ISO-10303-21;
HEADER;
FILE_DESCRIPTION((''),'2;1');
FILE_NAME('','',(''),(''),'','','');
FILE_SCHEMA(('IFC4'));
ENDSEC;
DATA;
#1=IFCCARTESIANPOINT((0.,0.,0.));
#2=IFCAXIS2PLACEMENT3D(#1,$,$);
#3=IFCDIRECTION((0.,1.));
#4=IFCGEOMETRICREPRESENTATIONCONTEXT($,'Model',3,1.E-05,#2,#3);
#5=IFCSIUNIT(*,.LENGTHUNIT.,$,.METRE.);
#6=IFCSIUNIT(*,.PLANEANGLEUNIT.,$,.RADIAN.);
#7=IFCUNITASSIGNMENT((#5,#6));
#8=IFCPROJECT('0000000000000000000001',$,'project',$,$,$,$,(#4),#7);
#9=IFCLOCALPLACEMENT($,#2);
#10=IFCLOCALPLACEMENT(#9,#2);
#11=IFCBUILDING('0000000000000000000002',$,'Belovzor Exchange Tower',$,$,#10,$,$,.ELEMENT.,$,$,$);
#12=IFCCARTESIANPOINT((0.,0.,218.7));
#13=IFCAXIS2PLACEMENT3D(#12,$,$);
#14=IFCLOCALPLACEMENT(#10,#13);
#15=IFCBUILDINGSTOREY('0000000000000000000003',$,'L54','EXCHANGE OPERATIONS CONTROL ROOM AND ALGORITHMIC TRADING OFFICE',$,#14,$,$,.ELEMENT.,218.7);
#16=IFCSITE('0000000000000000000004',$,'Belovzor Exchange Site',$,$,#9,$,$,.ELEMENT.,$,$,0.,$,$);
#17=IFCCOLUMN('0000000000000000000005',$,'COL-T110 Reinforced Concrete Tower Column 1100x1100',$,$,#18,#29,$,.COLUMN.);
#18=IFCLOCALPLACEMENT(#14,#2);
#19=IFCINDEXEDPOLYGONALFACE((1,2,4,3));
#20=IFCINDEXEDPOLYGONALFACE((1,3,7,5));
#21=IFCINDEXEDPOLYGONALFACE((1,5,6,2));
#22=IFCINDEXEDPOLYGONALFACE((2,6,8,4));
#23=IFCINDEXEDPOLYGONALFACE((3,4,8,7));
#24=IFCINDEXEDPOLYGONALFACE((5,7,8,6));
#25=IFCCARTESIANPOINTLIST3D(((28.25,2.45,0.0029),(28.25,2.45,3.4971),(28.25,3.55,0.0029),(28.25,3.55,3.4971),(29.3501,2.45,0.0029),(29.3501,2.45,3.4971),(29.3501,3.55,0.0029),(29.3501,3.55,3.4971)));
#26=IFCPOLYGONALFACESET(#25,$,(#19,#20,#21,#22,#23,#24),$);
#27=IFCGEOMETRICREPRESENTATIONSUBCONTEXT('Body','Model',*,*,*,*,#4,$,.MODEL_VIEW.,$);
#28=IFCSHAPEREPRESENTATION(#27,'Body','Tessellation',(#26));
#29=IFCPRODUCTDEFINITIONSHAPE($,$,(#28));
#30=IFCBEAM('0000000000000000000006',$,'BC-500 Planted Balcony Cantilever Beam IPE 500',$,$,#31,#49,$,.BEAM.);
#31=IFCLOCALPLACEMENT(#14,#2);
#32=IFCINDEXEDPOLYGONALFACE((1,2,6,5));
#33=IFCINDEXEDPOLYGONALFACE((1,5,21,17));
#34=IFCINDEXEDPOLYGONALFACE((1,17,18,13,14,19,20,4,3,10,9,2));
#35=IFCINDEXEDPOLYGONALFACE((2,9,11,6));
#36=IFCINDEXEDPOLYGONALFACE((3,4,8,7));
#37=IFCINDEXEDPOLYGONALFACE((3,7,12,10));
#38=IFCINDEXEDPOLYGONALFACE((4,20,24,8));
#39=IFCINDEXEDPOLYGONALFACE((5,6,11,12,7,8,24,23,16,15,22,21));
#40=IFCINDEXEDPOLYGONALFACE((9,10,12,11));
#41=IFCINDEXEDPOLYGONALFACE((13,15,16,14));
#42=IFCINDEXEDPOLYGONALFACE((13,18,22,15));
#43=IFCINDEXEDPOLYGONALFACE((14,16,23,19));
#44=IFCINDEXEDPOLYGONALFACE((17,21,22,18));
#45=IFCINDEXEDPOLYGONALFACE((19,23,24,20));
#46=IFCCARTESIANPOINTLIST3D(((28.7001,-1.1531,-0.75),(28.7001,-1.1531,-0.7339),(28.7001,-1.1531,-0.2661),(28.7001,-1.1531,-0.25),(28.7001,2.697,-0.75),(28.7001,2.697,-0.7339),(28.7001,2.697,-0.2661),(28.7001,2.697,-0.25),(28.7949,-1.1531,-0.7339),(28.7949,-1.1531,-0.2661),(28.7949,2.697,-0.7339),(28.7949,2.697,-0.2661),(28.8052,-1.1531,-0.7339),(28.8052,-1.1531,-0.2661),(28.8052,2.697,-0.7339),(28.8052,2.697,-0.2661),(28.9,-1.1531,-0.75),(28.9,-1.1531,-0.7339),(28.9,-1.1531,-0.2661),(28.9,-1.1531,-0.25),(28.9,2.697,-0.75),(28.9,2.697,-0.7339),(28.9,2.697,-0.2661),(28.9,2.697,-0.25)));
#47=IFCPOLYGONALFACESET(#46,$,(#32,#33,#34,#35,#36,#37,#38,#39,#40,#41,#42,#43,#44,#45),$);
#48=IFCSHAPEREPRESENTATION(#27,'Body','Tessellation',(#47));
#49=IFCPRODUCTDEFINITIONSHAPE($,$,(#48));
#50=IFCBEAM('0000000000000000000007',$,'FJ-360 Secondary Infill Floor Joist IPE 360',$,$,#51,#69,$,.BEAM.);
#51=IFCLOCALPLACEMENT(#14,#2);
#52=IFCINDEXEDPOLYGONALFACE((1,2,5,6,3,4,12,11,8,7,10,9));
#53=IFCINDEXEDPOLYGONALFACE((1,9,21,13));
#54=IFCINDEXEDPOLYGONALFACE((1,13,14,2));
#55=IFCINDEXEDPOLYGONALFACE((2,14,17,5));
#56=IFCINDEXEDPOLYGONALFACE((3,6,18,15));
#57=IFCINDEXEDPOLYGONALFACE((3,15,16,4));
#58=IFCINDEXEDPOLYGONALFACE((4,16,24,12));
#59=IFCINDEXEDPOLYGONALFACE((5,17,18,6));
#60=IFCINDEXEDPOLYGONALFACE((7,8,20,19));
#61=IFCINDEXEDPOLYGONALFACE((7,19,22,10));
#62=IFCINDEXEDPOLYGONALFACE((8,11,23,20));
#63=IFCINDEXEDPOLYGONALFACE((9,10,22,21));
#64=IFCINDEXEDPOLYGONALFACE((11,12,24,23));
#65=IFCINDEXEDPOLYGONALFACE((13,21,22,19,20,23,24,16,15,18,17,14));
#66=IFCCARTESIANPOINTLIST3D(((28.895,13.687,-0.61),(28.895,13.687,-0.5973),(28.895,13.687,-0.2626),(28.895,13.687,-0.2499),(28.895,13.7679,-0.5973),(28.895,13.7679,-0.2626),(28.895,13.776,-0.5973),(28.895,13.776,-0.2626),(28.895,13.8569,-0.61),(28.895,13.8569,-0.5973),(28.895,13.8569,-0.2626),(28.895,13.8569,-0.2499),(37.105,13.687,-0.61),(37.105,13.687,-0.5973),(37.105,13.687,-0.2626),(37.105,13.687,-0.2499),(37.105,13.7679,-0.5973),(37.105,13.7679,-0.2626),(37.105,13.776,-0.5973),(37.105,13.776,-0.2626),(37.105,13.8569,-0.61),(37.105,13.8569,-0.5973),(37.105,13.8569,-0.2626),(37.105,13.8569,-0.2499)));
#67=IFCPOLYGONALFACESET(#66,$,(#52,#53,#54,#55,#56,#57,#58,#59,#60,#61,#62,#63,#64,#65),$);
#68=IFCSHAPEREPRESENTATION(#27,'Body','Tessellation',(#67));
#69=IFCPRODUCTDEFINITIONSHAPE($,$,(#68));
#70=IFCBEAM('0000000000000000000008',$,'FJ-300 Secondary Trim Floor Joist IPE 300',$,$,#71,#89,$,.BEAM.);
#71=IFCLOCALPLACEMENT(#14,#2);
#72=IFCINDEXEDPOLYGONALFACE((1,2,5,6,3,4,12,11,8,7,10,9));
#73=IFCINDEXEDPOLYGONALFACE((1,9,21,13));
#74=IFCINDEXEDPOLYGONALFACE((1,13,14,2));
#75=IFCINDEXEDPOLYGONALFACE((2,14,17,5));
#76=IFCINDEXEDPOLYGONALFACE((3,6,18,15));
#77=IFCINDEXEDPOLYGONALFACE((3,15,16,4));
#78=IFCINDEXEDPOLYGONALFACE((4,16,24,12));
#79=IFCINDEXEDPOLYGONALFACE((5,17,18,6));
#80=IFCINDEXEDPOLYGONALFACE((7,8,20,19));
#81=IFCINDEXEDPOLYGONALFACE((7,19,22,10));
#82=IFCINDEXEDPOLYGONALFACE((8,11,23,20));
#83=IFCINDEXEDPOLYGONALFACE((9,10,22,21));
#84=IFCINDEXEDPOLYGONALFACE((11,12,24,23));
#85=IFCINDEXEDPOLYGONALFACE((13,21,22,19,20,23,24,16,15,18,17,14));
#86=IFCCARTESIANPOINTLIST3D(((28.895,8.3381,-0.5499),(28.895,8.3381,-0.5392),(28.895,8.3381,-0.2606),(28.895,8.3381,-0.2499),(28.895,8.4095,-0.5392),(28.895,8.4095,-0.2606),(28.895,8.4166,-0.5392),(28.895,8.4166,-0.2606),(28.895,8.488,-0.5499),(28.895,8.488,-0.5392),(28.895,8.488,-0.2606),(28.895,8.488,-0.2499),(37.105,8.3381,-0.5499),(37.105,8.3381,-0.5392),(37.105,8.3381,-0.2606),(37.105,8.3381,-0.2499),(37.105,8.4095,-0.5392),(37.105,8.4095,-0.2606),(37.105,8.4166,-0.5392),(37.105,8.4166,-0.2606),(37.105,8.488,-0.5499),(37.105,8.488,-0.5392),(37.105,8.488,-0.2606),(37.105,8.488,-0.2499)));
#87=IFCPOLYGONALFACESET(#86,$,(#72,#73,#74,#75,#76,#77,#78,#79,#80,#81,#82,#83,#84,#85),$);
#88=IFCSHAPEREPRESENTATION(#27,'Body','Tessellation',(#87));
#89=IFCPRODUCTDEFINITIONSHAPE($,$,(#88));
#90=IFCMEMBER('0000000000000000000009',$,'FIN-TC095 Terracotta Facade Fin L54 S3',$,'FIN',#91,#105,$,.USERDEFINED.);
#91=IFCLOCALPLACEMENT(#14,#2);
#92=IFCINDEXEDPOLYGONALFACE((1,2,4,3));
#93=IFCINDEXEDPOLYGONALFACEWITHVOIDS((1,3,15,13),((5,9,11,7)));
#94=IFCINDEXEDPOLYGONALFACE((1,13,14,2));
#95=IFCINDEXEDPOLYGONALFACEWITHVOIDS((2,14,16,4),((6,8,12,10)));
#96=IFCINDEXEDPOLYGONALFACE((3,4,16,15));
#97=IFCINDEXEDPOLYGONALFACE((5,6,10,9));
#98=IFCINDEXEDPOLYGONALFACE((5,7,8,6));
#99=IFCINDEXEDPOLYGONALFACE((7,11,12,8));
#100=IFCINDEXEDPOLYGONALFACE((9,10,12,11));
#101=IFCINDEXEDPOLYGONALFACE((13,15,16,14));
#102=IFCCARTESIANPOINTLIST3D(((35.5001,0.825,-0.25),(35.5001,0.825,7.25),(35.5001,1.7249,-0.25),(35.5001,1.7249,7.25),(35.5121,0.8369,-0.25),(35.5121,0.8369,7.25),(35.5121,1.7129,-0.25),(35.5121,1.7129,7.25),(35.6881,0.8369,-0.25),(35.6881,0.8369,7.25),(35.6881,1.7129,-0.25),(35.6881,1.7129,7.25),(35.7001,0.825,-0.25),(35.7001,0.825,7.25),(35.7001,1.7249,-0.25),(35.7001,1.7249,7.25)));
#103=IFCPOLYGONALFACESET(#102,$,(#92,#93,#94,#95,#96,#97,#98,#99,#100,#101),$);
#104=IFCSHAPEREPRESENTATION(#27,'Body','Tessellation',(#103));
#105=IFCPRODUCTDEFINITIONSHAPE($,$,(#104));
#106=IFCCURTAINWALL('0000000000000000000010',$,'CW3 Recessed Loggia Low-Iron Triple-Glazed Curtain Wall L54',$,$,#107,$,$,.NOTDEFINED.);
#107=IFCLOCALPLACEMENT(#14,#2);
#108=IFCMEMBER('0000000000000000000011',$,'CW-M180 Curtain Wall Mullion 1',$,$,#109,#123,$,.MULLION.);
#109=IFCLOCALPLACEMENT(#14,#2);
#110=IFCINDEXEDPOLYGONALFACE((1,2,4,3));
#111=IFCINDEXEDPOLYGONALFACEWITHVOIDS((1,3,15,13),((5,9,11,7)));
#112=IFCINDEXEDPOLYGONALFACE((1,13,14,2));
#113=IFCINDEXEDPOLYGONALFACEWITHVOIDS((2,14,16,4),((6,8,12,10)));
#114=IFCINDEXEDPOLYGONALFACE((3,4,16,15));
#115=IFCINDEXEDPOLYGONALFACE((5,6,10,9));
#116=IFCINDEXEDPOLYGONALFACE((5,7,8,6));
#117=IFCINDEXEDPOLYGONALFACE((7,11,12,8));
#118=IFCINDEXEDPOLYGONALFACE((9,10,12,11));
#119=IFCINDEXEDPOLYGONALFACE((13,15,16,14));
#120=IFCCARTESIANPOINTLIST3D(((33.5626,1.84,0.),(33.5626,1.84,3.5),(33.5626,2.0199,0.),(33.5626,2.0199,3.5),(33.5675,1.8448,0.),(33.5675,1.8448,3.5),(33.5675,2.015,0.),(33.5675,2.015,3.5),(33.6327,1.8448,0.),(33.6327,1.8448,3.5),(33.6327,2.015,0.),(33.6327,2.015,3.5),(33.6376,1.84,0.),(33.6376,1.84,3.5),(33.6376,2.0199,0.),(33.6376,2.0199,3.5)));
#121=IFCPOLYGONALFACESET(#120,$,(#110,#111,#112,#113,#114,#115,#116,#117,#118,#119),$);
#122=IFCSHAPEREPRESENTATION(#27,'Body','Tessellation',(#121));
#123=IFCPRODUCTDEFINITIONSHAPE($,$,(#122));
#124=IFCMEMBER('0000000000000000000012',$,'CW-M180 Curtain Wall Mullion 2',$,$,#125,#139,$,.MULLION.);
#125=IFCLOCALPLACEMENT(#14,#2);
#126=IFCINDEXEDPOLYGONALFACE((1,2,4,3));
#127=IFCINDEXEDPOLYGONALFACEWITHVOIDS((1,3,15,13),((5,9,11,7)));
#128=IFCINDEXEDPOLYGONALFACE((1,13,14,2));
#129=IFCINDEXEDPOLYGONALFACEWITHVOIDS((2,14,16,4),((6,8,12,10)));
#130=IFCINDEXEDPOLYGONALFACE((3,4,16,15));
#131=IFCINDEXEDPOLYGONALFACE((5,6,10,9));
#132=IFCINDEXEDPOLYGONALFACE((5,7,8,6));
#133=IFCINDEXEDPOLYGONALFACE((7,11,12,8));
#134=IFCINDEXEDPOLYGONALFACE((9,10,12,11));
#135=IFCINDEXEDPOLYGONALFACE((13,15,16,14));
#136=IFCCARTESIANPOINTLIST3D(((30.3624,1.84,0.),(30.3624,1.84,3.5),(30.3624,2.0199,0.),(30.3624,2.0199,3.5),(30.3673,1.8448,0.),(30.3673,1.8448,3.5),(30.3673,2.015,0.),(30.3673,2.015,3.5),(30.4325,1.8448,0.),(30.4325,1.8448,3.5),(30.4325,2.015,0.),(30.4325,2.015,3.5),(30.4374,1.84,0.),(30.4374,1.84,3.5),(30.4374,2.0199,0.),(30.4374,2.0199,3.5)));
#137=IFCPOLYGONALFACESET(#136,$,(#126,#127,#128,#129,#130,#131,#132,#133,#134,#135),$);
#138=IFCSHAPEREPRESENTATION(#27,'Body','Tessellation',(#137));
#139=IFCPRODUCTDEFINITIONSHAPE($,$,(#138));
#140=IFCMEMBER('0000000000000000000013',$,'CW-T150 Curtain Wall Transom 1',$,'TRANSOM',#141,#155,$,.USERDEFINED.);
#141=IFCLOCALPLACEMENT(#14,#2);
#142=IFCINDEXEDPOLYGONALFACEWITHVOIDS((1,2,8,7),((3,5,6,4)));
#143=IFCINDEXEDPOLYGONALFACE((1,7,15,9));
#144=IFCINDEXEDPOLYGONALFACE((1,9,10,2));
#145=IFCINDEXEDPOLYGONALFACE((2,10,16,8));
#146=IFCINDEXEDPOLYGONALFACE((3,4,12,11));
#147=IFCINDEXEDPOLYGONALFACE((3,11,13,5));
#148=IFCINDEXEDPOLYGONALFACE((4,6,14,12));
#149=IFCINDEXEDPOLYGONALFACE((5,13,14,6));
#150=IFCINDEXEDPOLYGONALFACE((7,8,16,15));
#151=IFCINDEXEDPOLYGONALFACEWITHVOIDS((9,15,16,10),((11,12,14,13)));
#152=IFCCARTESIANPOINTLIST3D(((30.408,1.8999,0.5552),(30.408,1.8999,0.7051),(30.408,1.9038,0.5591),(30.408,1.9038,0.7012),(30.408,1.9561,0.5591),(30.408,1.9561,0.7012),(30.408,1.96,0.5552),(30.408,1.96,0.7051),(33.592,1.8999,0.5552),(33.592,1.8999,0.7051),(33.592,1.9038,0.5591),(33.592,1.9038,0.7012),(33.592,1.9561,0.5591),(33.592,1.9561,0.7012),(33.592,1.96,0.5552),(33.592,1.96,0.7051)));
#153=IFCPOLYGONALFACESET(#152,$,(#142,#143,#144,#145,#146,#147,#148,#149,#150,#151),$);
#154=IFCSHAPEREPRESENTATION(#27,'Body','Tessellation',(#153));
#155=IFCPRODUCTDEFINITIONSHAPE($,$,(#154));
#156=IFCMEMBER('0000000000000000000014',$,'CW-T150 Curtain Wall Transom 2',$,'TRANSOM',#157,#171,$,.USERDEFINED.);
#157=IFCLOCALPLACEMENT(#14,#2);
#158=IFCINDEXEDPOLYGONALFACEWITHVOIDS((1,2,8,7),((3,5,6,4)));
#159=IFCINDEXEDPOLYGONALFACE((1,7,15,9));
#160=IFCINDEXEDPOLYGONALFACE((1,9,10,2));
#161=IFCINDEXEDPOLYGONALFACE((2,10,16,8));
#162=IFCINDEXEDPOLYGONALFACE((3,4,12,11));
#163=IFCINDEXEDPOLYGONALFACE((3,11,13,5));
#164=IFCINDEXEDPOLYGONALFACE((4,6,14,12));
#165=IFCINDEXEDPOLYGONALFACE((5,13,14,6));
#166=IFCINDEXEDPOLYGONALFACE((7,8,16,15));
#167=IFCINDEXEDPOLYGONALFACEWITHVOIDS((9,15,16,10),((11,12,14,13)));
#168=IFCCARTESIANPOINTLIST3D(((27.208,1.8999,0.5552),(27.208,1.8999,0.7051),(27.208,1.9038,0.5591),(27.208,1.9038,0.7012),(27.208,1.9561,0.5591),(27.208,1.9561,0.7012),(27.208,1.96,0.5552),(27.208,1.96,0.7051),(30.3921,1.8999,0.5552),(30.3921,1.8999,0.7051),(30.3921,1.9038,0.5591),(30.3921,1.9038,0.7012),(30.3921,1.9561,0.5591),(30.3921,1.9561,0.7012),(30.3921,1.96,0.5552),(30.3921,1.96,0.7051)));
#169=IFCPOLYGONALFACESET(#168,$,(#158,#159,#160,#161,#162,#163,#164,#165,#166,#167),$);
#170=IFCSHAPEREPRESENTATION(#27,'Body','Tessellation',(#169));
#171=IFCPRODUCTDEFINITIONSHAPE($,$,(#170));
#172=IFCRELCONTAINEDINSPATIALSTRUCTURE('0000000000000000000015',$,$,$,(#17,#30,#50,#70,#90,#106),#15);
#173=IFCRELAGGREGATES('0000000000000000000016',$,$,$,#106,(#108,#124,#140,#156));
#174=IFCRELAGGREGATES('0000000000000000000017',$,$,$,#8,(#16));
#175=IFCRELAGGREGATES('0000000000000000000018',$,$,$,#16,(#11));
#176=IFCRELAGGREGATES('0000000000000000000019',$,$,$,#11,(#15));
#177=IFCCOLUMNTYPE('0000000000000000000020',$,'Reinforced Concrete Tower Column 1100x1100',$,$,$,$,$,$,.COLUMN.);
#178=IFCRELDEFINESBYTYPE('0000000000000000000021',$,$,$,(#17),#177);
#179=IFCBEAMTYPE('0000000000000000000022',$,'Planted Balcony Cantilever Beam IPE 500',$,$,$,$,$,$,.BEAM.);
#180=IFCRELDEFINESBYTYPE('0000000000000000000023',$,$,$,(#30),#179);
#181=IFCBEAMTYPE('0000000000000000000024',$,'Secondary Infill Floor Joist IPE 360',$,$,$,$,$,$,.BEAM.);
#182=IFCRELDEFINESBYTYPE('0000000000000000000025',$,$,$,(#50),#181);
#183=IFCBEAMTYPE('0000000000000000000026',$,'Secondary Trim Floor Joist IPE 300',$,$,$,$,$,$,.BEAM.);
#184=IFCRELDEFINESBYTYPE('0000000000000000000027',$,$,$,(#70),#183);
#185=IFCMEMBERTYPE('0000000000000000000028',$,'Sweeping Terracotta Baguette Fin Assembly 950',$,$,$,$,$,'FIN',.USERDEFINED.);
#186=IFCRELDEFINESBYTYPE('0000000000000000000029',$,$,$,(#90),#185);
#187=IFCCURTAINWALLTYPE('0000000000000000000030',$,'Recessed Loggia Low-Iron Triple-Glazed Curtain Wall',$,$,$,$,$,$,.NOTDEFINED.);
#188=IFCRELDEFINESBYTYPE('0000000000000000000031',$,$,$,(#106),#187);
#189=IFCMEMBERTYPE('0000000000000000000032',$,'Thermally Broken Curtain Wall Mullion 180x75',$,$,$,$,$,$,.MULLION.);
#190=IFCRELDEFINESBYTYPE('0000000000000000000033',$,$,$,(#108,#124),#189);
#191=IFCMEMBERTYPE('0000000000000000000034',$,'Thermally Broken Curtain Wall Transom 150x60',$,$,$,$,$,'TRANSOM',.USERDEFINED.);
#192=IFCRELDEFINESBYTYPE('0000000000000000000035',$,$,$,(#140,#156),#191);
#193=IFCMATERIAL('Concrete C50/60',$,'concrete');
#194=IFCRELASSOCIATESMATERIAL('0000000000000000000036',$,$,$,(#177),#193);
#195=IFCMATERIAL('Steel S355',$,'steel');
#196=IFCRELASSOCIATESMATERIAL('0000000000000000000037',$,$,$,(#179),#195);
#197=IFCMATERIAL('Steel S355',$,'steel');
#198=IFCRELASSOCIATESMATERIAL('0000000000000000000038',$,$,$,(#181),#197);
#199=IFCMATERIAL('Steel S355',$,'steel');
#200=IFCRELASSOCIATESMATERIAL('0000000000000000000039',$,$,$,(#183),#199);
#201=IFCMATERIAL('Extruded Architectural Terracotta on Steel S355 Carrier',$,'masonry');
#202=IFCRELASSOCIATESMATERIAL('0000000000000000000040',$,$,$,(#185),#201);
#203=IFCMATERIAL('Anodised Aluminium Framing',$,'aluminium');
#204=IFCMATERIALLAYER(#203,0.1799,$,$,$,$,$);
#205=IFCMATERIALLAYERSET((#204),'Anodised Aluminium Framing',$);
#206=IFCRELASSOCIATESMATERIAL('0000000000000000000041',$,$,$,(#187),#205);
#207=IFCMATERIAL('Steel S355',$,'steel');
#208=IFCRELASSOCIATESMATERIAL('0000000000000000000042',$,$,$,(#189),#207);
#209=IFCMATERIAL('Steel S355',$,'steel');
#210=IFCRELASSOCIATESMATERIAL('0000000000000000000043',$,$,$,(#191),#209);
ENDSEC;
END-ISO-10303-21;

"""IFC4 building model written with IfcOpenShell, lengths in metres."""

from ifc_helpers import new_model, si_unit, direction, frame, origin, origin_2d, place, context, subcontext, project, spatial, rectangle, hollow_rectangle, i_section, extrude, material, layer, layer_set, material_profile, profile_set, type_object, element, aggregate, save


model = new_model("IFC4")

# Units and contexts
model_context = context("Model", 3, precision=1e-05, world=origin(), true_north=direction((0.0, 1.0)))
body_context = subcontext(model_context, "Body", "Model", "MODEL_VIEW")
ifc_project = project(units=[si_unit("LENGTHUNIT", "METRE"), si_unit("PLANEANGLEUNIT", "RADIAN")], contexts=[model_context])

# Site, building, storey
site_placement = place(None, origin())
site = spatial("IfcSite", under=ifc_project, at=site_placement, Name="Belovzor Exchange Site", CompositionType="ELEMENT", RefElevation=0.0)
building_placement = place(site_placement, origin())
building = spatial("IfcBuilding", under=site, at=building_placement, Name="Belovzor Exchange Tower", CompositionType="ELEMENT")
storey_placement = place(building_placement, frame((0.0, 0.0, 218.7)))
storey = spatial("IfcBuildingStorey", under=building, at=storey_placement, Name="L54", Description="EXCHANGE OPERATIONS CONTROL ROOM AND ALGORITHMIC TRADING OFFICE", CompositionType="ELEMENT", Elevation=218.7)

# Column
ifc_material_1 = material(Name="Concrete C50/60", Category="concrete")
ifc_material_profile_1 = material_profile(ifc_material_1, rectangle(XDim=1.1001, YDim=1.1001, at=origin_2d()))
ifc_profile_set_1 = profile_set([ifc_material_profile_1], Name="Concrete C50/60")
column_type = type_object("IfcColumnType", Name="Reinforced Concrete Tower Column 1100x1100", PredefinedType="COLUMN", material=ifc_profile_set_1)
column_placement = place(storey_placement, frame((28.8, 3.0, 0.0029), z_axis=(0.0, 0.0, 1.0), x_axis=(1.0, 0.0, 0.0)))
element("IfcColumn", 1, at=column_placement, inside=storey, type_object=column_type, Name="COL-T110 Reinforced Concrete Tower Column 1100x1100", PredefinedType="COLUMN", context=body_context, shape_type="SweptSolid", body=[
    extrude(rectangle(XDim=1.1001, YDim=1.1001, at=origin_2d()), origin(), (0.0, 0.0, 1.0), 3.4941),
])

# Beams
ifc_material_2 = material(Name="Steel S355", Category="steel")
ifc_material_profile_2 = material_profile(ifc_material_2, i_section(OverallWidth=0.2, OverallDepth=0.5, WebThickness=0.0103, FlangeThickness=0.0161, at=origin_2d()))
ifc_profile_set_2 = profile_set([ifc_material_profile_2], Name="Steel S355")
beam_type_1 = type_object("IfcBeamType", Name="Planted Balcony Cantilever Beam IPE 500", PredefinedType="BEAM", material=ifc_profile_set_2)
beam_1_placement = place(storey_placement, frame((28.8, 2.697, -0.5), z_axis=(0.0, -1.0, 0.0), x_axis=(1.0, 0.0, 0.0)))
element("IfcBeam", 2, at=beam_1_placement, inside=storey, type_object=beam_type_1, Name="BC-500 Planted Balcony Cantilever Beam IPE 500", PredefinedType="BEAM", context=body_context, shape_type="SweptSolid", body=[
    extrude(i_section(OverallWidth=0.2, OverallDepth=0.5, WebThickness=0.0103, FlangeThickness=0.0161, at=origin_2d()), origin(), (0.0, 0.0, 1.0), 3.8501),
])
ifc_material_3 = material(Name="Steel S355", Category="steel")
ifc_material_profile_3 = material_profile(ifc_material_3, i_section(OverallWidth=0.1699, OverallDepth=0.3601, WebThickness=0.0081, FlangeThickness=0.0127, at=origin_2d()))
ifc_profile_set_3 = profile_set([ifc_material_profile_3], Name="Steel S355")
beam_type_2 = type_object("IfcBeamType", Name="Secondary Infill Floor Joist IPE 360", PredefinedType="BEAM", material=ifc_profile_set_3)
beam_2_placement = place(storey_placement, frame((28.895, 13.772, -0.4299), z_axis=(1.0, 0.0, 0.0), x_axis=(0.0, 1.0, 0.0)))
element("IfcBeam", 3, at=beam_2_placement, inside=storey, type_object=beam_type_2, Name="FJ-360 Secondary Infill Floor Joist IPE 360", PredefinedType="BEAM", context=body_context, shape_type="SweptSolid", body=[
    extrude(i_section(OverallWidth=0.1699, OverallDepth=0.3601, WebThickness=0.0081, FlangeThickness=0.0127, at=origin_2d()), origin(), (0.0, 0.0, 1.0), 8.21),
])
ifc_material_4 = material(Name="Steel S355", Category="steel")
ifc_material_profile_4 = material_profile(ifc_material_4, i_section(OverallWidth=0.1499, OverallDepth=0.3, WebThickness=0.0071, FlangeThickness=0.0107, at=origin_2d()))
ifc_profile_set_4 = profile_set([ifc_material_profile_4], Name="Steel S355")
beam_type_3 = type_object("IfcBeamType", Name="Secondary Trim Floor Joist IPE 300", PredefinedType="BEAM", material=ifc_profile_set_4)
beam_3_placement = place(storey_placement, frame((28.895, 8.4131, -0.3999), z_axis=(1.0, 0.0, 0.0), x_axis=(0.0, 1.0, 0.0)))
element("IfcBeam", 4, at=beam_3_placement, inside=storey, type_object=beam_type_3, Name="FJ-300 Secondary Trim Floor Joist IPE 300", PredefinedType="BEAM", context=body_context, shape_type="SweptSolid", body=[
    extrude(i_section(OverallWidth=0.1499, OverallDepth=0.3, WebThickness=0.0071, FlangeThickness=0.0107, at=origin_2d()), origin(), (0.0, 0.0, 1.0), 8.21),
])

# Member
ifc_material_5 = material(Name="Extruded Architectural Terracotta on Steel S355 Carrier", Category="masonry")
ifc_material_profile_5 = material_profile(ifc_material_5, hollow_rectangle(XDim=0.2, YDim=0.8999, WallThickness=0.012, at=origin_2d()))
ifc_profile_set_5 = profile_set([ifc_material_profile_5], Name="Extruded Architectural Terracotta on Steel S355 Carrier")
member_type_1 = type_object("IfcMemberType", Name="Sweeping Terracotta Baguette Fin Assembly 950", ElementType="FIN", PredefinedType="USERDEFINED", material=ifc_profile_set_5)
member_1_placement = place(storey_placement, frame((35.6001, 1.2749, -0.25), z_axis=(0.0, 0.0, 1.0), x_axis=(1.0, 0.0, 0.0)))
element("IfcMember", 5, at=member_1_placement, inside=storey, type_object=member_type_1, Name="FIN-TC095 Terracotta Facade Fin L54 S3", ObjectType="FIN", PredefinedType="USERDEFINED", context=body_context, shape_type="SweptSolid", body=[
    extrude(hollow_rectangle(XDim=0.2, YDim=0.8999, WallThickness=0.012, at=origin_2d()), origin(), (0.0, 0.0, 1.0), 7.5),
])

# Curtain wall, members
ifc_material_6 = material(Name="Anodised Aluminium Framing", Category="aluminium")
ifc_layer_1 = layer(ifc_material_6, 0.1799)
ifc_layer_set_1 = layer_set([ifc_layer_1], Name="Anodised Aluminium Framing")
curtain_wall_type = type_object("IfcCurtainWallType", Name="Recessed Loggia Low-Iron Triple-Glazed Curtain Wall", PredefinedType="NOTDEFINED", material=ifc_layer_set_1)
curtain_wall_placement = place(storey_placement, origin())
curtain_wall = element("IfcCurtainWall", 6, at=curtain_wall_placement, inside=storey, type_object=curtain_wall_type, Name="CW3 Recessed Loggia Low-Iron Triple-Glazed Curtain Wall L54", PredefinedType="NOTDEFINED")
ifc_material_7 = material(Name="Steel S355", Category="steel")
ifc_material_profile_6 = material_profile(ifc_material_7, hollow_rectangle(XDim=0.075, YDim=0.1799, WallThickness=0.0049, at=origin_2d()))
ifc_profile_set_6 = profile_set([ifc_material_profile_6], Name="Steel S355")
member_type_2 = type_object("IfcMemberType", Name="Thermally Broken Curtain Wall Mullion 180x75", PredefinedType="MULLION", material=ifc_profile_set_6)
member_2_placement = place(storey_placement, frame((33.6001, 1.9299, 0.0), z_axis=(0.0, 0.0, 1.0), x_axis=(-1.0, 0.0, 0.0)))
member_2 = element("IfcMember", 7, at=member_2_placement, type_object=member_type_2, Name="CW-M180 Curtain Wall Mullion 1", PredefinedType="MULLION", context=body_context, shape_type="SweptSolid", body=[
    extrude(hollow_rectangle(XDim=0.075, YDim=0.1799, WallThickness=0.0049, at=origin_2d()), origin(), (0.0, 0.0, 1.0), 3.5),
])
member_3_placement = place(storey_placement, frame((30.3999, 1.9299, 0.0), z_axis=(0.0, 0.0, 1.0), x_axis=(-1.0, 0.0, 0.0)))
member_3 = element("IfcMember", 8, at=member_3_placement, type_object=member_type_2, Name="CW-M180 Curtain Wall Mullion 2", PredefinedType="MULLION", context=body_context, shape_type="SweptSolid", body=[
    extrude(hollow_rectangle(XDim=0.075, YDim=0.1799, WallThickness=0.0049, at=origin_2d()), origin(), (0.0, 0.0, 1.0), 3.5),
])
ifc_material_8 = material(Name="Steel S355", Category="steel")
ifc_material_profile_7 = material_profile(ifc_material_8, hollow_rectangle(XDim=0.0601, YDim=0.1499, WallThickness=0.0039, at=origin_2d()))
ifc_profile_set_7 = profile_set([ifc_material_profile_7], Name="Steel S355")
member_type_3 = type_object("IfcMemberType", Name="Thermally Broken Curtain Wall Transom 150x60", ElementType="TRANSOM", PredefinedType="USERDEFINED", material=ifc_profile_set_7)
member_4_placement = place(storey_placement, frame((33.592, 1.9299, 0.6301), z_axis=(-1.0, 0.0, 0.0), x_axis=(0.0, -1.0, 0.0)))
member_4 = element("IfcMember", 9, at=member_4_placement, type_object=member_type_3, Name="CW-T150 Curtain Wall Transom 1", ObjectType="TRANSOM", PredefinedType="USERDEFINED", context=body_context, shape_type="SweptSolid", body=[
    extrude(hollow_rectangle(XDim=0.0601, YDim=0.1499, WallThickness=0.0039, at=origin_2d()), origin(), (0.0, 0.0, 1.0), 3.1841),
])
member_5_placement = place(storey_placement, frame((30.3921, 1.9299, 0.6301), z_axis=(-1.0, 0.0, 0.0), x_axis=(0.0, -1.0, 0.0)))
member_5 = element("IfcMember", 10, at=member_5_placement, type_object=member_type_3, Name="CW-T150 Curtain Wall Transom 2", ObjectType="TRANSOM", PredefinedType="USERDEFINED", context=body_context, shape_type="SweptSolid", body=[
    extrude(hollow_rectangle(XDim=0.0601, YDim=0.1499, WallThickness=0.0039, at=origin_2d()), origin(), (0.0, 0.0, 1.0), 3.1841),
])

aggregate(curtain_wall, [member_2, member_3, member_4, member_5])

save(model, "model.ifc")
